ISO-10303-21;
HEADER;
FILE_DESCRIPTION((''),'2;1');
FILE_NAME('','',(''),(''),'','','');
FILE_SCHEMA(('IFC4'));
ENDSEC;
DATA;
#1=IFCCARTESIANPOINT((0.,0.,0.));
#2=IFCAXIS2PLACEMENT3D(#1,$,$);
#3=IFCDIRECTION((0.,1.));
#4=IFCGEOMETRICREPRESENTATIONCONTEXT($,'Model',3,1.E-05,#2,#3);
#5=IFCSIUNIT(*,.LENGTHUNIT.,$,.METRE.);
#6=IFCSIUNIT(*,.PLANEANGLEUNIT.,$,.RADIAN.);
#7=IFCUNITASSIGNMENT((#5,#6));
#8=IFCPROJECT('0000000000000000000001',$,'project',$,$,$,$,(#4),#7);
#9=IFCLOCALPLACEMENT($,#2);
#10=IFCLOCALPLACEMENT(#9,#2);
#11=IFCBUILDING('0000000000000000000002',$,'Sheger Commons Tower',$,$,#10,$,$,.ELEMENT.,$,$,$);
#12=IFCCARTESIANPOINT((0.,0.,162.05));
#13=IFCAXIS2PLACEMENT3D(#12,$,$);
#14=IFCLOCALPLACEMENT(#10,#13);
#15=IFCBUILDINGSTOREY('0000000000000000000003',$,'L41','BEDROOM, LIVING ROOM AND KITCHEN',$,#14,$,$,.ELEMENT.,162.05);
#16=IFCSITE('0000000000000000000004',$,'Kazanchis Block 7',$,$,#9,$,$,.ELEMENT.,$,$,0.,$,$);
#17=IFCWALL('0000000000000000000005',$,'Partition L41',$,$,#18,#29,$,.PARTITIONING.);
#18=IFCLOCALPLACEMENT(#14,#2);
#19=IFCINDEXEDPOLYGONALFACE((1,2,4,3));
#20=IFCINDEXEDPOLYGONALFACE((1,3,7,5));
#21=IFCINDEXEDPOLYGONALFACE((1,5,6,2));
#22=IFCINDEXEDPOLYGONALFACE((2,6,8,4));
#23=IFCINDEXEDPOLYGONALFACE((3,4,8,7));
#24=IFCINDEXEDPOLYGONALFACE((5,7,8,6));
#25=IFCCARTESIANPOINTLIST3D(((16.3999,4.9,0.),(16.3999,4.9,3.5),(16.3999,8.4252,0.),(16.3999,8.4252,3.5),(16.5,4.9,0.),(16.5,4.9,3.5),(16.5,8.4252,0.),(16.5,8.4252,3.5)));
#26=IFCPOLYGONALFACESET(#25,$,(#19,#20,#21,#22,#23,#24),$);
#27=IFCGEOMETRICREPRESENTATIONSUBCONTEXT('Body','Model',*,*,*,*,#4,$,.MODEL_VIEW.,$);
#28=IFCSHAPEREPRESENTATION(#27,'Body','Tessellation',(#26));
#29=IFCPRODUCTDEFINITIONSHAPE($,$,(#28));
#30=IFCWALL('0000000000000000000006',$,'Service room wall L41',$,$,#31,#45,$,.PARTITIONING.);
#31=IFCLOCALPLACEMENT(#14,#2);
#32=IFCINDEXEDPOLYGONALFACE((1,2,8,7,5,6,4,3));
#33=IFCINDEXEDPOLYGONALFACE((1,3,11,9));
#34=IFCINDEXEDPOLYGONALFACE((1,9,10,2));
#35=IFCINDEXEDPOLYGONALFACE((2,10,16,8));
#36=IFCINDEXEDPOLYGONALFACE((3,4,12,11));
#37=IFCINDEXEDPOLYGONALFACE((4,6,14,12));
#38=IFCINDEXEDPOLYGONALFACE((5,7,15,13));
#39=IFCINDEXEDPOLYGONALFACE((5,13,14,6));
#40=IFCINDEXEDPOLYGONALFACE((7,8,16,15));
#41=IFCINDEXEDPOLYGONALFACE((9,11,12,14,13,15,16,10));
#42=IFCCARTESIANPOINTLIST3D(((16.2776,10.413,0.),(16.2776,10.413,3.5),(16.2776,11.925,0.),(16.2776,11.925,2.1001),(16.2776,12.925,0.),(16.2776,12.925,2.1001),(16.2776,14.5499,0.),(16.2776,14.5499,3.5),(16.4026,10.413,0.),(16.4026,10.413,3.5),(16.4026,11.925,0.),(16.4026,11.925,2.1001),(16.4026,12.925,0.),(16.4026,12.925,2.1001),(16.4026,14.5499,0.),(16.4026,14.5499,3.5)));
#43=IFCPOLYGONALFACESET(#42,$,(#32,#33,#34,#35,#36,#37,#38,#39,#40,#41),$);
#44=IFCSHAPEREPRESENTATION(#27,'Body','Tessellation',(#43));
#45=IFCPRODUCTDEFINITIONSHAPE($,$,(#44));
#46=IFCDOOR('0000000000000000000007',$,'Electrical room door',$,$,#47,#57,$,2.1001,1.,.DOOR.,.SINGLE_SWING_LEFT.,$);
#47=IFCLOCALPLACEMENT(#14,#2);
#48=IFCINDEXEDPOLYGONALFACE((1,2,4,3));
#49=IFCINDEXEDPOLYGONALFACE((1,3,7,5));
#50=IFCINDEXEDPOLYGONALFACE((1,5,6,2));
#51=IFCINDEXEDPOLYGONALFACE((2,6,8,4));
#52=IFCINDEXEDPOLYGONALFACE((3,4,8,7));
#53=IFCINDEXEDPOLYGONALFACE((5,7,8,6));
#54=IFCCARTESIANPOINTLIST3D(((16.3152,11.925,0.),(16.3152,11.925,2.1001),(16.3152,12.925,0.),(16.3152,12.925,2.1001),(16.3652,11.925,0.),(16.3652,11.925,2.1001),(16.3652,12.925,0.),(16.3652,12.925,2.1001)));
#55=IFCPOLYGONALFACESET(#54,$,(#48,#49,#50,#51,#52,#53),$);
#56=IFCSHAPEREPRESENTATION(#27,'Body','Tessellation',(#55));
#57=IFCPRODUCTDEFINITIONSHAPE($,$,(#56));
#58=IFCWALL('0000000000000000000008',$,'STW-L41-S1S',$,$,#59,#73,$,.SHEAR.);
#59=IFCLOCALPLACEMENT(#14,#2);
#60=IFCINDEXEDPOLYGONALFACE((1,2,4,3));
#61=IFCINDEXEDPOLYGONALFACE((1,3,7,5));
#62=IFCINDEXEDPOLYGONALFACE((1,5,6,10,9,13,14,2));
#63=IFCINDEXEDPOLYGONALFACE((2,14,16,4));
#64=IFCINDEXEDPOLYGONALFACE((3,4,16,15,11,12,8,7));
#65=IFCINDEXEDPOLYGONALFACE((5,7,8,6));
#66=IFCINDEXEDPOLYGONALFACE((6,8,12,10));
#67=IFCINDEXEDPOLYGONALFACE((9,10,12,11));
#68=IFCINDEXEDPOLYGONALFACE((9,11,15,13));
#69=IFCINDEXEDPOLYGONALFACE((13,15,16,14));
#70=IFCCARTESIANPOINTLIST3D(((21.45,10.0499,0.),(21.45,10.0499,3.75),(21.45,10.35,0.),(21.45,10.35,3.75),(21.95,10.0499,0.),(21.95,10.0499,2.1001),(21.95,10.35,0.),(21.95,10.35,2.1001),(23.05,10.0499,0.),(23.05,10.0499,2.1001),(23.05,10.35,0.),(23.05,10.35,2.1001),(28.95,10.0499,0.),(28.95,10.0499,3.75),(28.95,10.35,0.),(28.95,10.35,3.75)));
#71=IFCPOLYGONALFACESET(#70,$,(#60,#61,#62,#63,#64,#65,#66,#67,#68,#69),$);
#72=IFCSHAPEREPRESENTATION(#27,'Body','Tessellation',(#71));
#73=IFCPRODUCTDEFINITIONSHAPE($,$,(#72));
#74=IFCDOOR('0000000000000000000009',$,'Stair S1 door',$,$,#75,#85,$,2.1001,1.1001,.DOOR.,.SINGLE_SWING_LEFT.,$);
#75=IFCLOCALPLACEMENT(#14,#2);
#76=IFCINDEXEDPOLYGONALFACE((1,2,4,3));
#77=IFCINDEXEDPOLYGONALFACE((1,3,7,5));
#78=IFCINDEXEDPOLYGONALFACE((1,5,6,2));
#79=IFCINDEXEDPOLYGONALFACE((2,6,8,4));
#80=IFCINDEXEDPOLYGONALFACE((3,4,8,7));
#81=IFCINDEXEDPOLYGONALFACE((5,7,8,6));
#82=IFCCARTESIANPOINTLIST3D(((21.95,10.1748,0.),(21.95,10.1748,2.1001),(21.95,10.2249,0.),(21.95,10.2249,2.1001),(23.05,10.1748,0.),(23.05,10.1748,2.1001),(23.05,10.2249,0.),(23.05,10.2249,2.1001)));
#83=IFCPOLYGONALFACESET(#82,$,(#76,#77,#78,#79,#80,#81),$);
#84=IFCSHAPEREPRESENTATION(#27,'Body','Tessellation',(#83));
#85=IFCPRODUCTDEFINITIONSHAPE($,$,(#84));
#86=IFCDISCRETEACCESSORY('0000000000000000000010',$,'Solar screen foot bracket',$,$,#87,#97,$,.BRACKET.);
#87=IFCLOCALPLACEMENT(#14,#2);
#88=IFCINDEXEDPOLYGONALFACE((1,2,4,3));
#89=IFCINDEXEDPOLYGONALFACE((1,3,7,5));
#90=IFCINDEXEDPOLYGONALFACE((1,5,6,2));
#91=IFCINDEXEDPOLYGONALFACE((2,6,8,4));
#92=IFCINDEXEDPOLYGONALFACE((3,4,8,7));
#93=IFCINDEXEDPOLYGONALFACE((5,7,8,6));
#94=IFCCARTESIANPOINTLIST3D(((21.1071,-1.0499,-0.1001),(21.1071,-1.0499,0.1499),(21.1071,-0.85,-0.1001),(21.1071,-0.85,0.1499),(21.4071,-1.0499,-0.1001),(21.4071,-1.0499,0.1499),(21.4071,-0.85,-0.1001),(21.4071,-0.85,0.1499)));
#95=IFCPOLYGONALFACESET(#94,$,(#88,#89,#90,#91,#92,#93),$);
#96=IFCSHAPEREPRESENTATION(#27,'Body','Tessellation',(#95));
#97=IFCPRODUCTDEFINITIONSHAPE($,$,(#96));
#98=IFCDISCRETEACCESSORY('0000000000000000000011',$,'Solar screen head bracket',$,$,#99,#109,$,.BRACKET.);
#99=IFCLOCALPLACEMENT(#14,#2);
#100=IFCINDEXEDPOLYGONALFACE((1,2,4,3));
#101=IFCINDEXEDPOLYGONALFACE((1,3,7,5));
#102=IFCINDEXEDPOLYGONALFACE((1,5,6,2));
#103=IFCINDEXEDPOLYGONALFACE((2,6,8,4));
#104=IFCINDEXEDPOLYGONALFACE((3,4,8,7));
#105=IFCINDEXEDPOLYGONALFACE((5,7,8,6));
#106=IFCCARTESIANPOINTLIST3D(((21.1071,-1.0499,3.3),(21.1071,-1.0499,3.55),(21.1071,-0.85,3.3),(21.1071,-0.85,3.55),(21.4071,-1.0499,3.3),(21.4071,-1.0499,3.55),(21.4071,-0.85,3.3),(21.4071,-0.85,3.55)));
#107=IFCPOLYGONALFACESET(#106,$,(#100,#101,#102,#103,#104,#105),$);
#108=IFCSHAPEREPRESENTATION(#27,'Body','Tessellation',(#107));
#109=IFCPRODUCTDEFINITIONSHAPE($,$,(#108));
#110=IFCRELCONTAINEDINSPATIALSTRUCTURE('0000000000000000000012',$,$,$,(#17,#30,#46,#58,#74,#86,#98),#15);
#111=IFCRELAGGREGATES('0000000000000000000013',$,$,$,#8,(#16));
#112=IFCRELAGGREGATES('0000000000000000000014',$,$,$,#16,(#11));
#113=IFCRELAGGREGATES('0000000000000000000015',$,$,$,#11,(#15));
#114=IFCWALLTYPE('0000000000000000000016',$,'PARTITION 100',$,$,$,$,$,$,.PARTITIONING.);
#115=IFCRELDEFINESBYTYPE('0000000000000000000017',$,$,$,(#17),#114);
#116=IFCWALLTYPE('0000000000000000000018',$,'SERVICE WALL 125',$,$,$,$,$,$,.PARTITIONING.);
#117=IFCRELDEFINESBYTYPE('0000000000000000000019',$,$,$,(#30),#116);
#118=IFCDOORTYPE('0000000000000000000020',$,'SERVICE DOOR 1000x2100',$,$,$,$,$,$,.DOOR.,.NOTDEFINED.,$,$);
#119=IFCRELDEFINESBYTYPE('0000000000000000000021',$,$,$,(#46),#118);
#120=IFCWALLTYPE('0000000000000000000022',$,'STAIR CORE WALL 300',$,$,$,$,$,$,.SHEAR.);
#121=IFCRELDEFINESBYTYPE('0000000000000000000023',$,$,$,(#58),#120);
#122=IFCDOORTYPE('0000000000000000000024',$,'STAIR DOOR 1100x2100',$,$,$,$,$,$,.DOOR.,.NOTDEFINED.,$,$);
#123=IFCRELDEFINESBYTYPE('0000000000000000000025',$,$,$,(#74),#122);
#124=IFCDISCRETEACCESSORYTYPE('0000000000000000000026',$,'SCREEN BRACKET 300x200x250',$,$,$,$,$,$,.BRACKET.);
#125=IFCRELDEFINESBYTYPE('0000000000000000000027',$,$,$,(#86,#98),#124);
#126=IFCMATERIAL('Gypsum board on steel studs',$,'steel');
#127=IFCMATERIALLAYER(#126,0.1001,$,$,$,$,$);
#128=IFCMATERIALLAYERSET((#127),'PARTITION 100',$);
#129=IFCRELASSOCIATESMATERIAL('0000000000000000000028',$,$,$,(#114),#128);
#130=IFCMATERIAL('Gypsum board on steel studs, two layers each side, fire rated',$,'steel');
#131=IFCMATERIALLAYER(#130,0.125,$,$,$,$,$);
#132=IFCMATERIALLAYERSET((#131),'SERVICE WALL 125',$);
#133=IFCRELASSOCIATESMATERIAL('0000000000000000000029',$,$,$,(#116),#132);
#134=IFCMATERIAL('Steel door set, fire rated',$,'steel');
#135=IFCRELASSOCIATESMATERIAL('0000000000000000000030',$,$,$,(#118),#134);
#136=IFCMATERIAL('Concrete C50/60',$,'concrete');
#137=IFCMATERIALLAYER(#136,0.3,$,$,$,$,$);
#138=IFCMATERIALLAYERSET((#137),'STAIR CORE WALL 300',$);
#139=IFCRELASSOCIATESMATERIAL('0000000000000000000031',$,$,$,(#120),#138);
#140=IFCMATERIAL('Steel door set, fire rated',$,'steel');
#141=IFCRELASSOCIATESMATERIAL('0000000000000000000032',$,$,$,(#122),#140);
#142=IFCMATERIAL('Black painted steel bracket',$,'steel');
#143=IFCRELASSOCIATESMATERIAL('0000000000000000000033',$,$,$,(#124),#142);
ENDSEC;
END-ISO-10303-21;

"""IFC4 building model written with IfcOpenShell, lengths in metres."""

from ifc_helpers import new_model, si_unit, direction, frame, frame_2d, origin, origin_2d, place, context, subcontext, project, spatial, rectangle, extrude, material, layer, layer_set, type_object, element, fill, save


model = new_model("IFC4")

# Units and contexts
model_context = context("Model", 3, precision=1e-05, world=origin(), true_north=direction((0.0, 1.0)))
body_context = subcontext(model_context, "Body", "Model", "MODEL_VIEW")
ifc_project = project(units=[si_unit("LENGTHUNIT", "METRE"), si_unit("PLANEANGLEUNIT", "RADIAN")], contexts=[model_context])

# Site, building, storey
site_placement = place(None, origin())
site = spatial("IfcSite", under=ifc_project, at=site_placement, Name="Kazanchis Block 7", CompositionType="ELEMENT", RefElevation=0.0)
building_placement = place(site_placement, origin())
building = spatial("IfcBuilding", under=site, at=building_placement, Name="Sheger Commons Tower", CompositionType="ELEMENT")
storey_placement = place(building_placement, frame((0.0, 0.0, 162.05)))
storey = spatial("IfcBuildingStorey", under=building, at=storey_placement, Name="L41", Description="BEDROOM, LIVING ROOM AND KITCHEN", CompositionType="ELEMENT", Elevation=162.05)

# Shared definitions
ifc_material_1 = material(Name="Gypsum board on steel studs", Category="steel")
ifc_layer_1 = layer(ifc_material_1, 0.1001)
ifc_layer_set_1 = layer_set([ifc_layer_1], Name="PARTITION 100")
wall_type_1 = type_object("IfcWallType", Name="PARTITION 100", PredefinedType="PARTITIONING", material=ifc_layer_set_1)

# Wall
wall_1_placement = place(storey_placement, frame((16.45, 4.8999, 0.0), z_axis=(0.0, 0.0, 1.0), x_axis=(0.0, 1.0, 0.0)))
element("IfcWall", 1, at=wall_1_placement, inside=storey, type_object=wall_type_1, Name="Partition L41", PredefinedType="PARTITIONING", context=body_context, shape_type="SweptSolid", body=[
    extrude(rectangle(XDim=3.5251, YDim=0.1001, at=frame_2d((1.7627, 0.0))), origin(), (0.0, 0.0, 1.0), 3.5),
])

# Walls, openings, doors
ifc_material_2 = material(Name="Gypsum board on steel studs, two layers each side, fire rated", Category="steel")
ifc_layer_2 = layer(ifc_material_2, 0.125)
ifc_layer_set_2 = layer_set([ifc_layer_2], Name="SERVICE WALL 125")
wall_type_2 = type_object("IfcWallType", Name="SERVICE WALL 125", PredefinedType="PARTITIONING", material=ifc_layer_set_2)
wall_2_placement = place(storey_placement, frame((16.3401, 10.4131, 0.0), z_axis=(0.0, 0.0, 1.0), x_axis=(0.0, 1.0, 0.0)))
wall_2 = element("IfcWall", 2, at=wall_2_placement, inside=storey, type_object=wall_type_2, Name="Service room wall L41", PredefinedType="PARTITIONING", context=body_context, shape_type="SweptSolid", body=[
    extrude(rectangle(XDim=4.137, YDim=0.125, at=frame_2d((2.0684, 0.0))), origin(), (0.0, 0.0, 1.0), 3.5),
])
opening_1_placement = place(wall_2_placement, frame((1.512, 0.0, 0.0)))
opening_1 = element("IfcOpeningElement", 3, at=opening_1_placement, cuts=wall_2, PredefinedType="OPENING", context=body_context, shape_type="SweptSolid", body=[
    extrude(rectangle(XDim=1.0, YDim=2.1001, at=frame_2d((0.5, 1.05))), frame((0.0, 0.0725, 0.0), z_axis=(0.0, -1.0, 0.0), x_axis=(1.0, 0.0, 0.0)), (0.0, 0.0, 1.0), 0.145),
])
ifc_material_3 = material(Name="Steel door set, fire rated", Category="steel")
door_type_1 = type_object("IfcDoorType", Name="SERVICE DOOR 1000x2100", OperationType="NOTDEFINED", PredefinedType="DOOR", material=ifc_material_3)
door_1_placement = place(opening_1_placement, origin())
door_1 = element("IfcDoor", 4, at=door_1_placement, inside=storey, type_object=door_type_1, Name="Electrical room door", OperationType="SINGLE_SWING_LEFT", OverallHeight=2.1001, OverallWidth=1.0, PredefinedType="DOOR", context=body_context, shape_type="SweptSolid", body=[
    extrude(rectangle(XDim=1.0, YDim=2.1001, at=frame_2d((0.5, 1.05))), frame((0.0, 0.0249, 0.0), z_axis=(0.0, -1.0, 0.0), x_axis=(1.0, 0.0, 0.0)), (0.0, 0.0, 1.0), 0.05),
])
fill(opening_1, door_1)
ifc_material_4 = material(Name="Concrete C50/60", Category="concrete")
ifc_layer_3 = layer(ifc_material_4, 0.3)
ifc_layer_set_3 = layer_set([ifc_layer_3], Name="STAIR CORE WALL 300")
wall_type_3 = type_object("IfcWallType", Name="STAIR CORE WALL 300", PredefinedType="SHEAR", material=ifc_layer_set_3)
wall_3_placement = place(storey_placement, frame((21.45, 10.2, 0.0), z_axis=(0.0, 0.0, 1.0), x_axis=(1.0, 0.0, 0.0)))
wall_3 = element("IfcWall", 5, at=wall_3_placement, inside=storey, type_object=wall_type_3, Name="STW-L41-S1S", PredefinedType="SHEAR", context=body_context, shape_type="SweptSolid", body=[
    extrude(rectangle(XDim=7.5, YDim=0.3, at=frame_2d((3.75, 0.0))), origin(), (0.0, 0.0, 1.0), 3.75),
])
opening_2_placement = place(wall_3_placement, frame((0.5, 0.0, 0.0)))
opening_2 = element("IfcOpeningElement", 6, at=opening_2_placement, cuts=wall_3, PredefinedType="OPENING", context=body_context, shape_type="SweptSolid", body=[
    extrude(rectangle(XDim=1.1001, YDim=2.1001, at=frame_2d((0.55, 1.05))), frame((0.0, 0.1599, 0.0), z_axis=(0.0, -1.0, 0.0), x_axis=(1.0, 0.0, 0.0)), (0.0, 0.0, 1.0), 0.3201),
])
ifc_material_5 = material(Name="Steel door set, fire rated", Category="steel")
door_type_2 = type_object("IfcDoorType", Name="STAIR DOOR 1100x2100", OperationType="NOTDEFINED", PredefinedType="DOOR", material=ifc_material_5)
door_2_placement = place(opening_2_placement, origin())
door_2 = element("IfcDoor", 7, at=door_2_placement, inside=storey, type_object=door_type_2, Name="Stair S1 door", OperationType="SINGLE_SWING_LEFT", OverallHeight=2.1001, OverallWidth=1.1001, PredefinedType="DOOR", context=body_context, shape_type="SweptSolid", body=[
    extrude(rectangle(XDim=1.1001, YDim=2.1001, at=frame_2d((0.55, 1.05))), frame((0.0, 0.0249, 0.0), z_axis=(0.0, -1.0, 0.0), x_axis=(1.0, 0.0, 0.0)), (0.0, 0.0, 1.0), 0.05),
])
fill(opening_2, door_2)

# Discrete accessories
ifc_material_6 = material(Name="Black painted steel bracket", Category="steel")
discrete_accessory_type = type_object("IfcDiscreteAccessoryType", Name="SCREEN BRACKET 300x200x250", PredefinedType="BRACKET", material=ifc_material_6)
for number, where, z_axis, x_axis, name in (
    (8, (21.2571, -0.95, -0.1001), (0.0, 0.0, 1.0), (1.0, 0.0, 0.0), "Solar screen foot bracket"),
    (9, (21.2571, -0.95, 3.3), (0.0, 0.0, 1.0), (1.0, 0.0, 0.0), "Solar screen head bracket"),
):
    element("IfcDiscreteAccessory", number, at=place(storey_placement, frame(where, z_axis=z_axis, x_axis=x_axis)), inside=storey, type_object=discrete_accessory_type, Name=name, PredefinedType="BRACKET", context=body_context, shape_type="SweptSolid", body=[
        extrude(rectangle(XDim=0.3, YDim=0.2, at=origin_2d()), origin(), (0.0, 0.0, 1.0), 0.25),
    ])

save(model, "model.ifc")
